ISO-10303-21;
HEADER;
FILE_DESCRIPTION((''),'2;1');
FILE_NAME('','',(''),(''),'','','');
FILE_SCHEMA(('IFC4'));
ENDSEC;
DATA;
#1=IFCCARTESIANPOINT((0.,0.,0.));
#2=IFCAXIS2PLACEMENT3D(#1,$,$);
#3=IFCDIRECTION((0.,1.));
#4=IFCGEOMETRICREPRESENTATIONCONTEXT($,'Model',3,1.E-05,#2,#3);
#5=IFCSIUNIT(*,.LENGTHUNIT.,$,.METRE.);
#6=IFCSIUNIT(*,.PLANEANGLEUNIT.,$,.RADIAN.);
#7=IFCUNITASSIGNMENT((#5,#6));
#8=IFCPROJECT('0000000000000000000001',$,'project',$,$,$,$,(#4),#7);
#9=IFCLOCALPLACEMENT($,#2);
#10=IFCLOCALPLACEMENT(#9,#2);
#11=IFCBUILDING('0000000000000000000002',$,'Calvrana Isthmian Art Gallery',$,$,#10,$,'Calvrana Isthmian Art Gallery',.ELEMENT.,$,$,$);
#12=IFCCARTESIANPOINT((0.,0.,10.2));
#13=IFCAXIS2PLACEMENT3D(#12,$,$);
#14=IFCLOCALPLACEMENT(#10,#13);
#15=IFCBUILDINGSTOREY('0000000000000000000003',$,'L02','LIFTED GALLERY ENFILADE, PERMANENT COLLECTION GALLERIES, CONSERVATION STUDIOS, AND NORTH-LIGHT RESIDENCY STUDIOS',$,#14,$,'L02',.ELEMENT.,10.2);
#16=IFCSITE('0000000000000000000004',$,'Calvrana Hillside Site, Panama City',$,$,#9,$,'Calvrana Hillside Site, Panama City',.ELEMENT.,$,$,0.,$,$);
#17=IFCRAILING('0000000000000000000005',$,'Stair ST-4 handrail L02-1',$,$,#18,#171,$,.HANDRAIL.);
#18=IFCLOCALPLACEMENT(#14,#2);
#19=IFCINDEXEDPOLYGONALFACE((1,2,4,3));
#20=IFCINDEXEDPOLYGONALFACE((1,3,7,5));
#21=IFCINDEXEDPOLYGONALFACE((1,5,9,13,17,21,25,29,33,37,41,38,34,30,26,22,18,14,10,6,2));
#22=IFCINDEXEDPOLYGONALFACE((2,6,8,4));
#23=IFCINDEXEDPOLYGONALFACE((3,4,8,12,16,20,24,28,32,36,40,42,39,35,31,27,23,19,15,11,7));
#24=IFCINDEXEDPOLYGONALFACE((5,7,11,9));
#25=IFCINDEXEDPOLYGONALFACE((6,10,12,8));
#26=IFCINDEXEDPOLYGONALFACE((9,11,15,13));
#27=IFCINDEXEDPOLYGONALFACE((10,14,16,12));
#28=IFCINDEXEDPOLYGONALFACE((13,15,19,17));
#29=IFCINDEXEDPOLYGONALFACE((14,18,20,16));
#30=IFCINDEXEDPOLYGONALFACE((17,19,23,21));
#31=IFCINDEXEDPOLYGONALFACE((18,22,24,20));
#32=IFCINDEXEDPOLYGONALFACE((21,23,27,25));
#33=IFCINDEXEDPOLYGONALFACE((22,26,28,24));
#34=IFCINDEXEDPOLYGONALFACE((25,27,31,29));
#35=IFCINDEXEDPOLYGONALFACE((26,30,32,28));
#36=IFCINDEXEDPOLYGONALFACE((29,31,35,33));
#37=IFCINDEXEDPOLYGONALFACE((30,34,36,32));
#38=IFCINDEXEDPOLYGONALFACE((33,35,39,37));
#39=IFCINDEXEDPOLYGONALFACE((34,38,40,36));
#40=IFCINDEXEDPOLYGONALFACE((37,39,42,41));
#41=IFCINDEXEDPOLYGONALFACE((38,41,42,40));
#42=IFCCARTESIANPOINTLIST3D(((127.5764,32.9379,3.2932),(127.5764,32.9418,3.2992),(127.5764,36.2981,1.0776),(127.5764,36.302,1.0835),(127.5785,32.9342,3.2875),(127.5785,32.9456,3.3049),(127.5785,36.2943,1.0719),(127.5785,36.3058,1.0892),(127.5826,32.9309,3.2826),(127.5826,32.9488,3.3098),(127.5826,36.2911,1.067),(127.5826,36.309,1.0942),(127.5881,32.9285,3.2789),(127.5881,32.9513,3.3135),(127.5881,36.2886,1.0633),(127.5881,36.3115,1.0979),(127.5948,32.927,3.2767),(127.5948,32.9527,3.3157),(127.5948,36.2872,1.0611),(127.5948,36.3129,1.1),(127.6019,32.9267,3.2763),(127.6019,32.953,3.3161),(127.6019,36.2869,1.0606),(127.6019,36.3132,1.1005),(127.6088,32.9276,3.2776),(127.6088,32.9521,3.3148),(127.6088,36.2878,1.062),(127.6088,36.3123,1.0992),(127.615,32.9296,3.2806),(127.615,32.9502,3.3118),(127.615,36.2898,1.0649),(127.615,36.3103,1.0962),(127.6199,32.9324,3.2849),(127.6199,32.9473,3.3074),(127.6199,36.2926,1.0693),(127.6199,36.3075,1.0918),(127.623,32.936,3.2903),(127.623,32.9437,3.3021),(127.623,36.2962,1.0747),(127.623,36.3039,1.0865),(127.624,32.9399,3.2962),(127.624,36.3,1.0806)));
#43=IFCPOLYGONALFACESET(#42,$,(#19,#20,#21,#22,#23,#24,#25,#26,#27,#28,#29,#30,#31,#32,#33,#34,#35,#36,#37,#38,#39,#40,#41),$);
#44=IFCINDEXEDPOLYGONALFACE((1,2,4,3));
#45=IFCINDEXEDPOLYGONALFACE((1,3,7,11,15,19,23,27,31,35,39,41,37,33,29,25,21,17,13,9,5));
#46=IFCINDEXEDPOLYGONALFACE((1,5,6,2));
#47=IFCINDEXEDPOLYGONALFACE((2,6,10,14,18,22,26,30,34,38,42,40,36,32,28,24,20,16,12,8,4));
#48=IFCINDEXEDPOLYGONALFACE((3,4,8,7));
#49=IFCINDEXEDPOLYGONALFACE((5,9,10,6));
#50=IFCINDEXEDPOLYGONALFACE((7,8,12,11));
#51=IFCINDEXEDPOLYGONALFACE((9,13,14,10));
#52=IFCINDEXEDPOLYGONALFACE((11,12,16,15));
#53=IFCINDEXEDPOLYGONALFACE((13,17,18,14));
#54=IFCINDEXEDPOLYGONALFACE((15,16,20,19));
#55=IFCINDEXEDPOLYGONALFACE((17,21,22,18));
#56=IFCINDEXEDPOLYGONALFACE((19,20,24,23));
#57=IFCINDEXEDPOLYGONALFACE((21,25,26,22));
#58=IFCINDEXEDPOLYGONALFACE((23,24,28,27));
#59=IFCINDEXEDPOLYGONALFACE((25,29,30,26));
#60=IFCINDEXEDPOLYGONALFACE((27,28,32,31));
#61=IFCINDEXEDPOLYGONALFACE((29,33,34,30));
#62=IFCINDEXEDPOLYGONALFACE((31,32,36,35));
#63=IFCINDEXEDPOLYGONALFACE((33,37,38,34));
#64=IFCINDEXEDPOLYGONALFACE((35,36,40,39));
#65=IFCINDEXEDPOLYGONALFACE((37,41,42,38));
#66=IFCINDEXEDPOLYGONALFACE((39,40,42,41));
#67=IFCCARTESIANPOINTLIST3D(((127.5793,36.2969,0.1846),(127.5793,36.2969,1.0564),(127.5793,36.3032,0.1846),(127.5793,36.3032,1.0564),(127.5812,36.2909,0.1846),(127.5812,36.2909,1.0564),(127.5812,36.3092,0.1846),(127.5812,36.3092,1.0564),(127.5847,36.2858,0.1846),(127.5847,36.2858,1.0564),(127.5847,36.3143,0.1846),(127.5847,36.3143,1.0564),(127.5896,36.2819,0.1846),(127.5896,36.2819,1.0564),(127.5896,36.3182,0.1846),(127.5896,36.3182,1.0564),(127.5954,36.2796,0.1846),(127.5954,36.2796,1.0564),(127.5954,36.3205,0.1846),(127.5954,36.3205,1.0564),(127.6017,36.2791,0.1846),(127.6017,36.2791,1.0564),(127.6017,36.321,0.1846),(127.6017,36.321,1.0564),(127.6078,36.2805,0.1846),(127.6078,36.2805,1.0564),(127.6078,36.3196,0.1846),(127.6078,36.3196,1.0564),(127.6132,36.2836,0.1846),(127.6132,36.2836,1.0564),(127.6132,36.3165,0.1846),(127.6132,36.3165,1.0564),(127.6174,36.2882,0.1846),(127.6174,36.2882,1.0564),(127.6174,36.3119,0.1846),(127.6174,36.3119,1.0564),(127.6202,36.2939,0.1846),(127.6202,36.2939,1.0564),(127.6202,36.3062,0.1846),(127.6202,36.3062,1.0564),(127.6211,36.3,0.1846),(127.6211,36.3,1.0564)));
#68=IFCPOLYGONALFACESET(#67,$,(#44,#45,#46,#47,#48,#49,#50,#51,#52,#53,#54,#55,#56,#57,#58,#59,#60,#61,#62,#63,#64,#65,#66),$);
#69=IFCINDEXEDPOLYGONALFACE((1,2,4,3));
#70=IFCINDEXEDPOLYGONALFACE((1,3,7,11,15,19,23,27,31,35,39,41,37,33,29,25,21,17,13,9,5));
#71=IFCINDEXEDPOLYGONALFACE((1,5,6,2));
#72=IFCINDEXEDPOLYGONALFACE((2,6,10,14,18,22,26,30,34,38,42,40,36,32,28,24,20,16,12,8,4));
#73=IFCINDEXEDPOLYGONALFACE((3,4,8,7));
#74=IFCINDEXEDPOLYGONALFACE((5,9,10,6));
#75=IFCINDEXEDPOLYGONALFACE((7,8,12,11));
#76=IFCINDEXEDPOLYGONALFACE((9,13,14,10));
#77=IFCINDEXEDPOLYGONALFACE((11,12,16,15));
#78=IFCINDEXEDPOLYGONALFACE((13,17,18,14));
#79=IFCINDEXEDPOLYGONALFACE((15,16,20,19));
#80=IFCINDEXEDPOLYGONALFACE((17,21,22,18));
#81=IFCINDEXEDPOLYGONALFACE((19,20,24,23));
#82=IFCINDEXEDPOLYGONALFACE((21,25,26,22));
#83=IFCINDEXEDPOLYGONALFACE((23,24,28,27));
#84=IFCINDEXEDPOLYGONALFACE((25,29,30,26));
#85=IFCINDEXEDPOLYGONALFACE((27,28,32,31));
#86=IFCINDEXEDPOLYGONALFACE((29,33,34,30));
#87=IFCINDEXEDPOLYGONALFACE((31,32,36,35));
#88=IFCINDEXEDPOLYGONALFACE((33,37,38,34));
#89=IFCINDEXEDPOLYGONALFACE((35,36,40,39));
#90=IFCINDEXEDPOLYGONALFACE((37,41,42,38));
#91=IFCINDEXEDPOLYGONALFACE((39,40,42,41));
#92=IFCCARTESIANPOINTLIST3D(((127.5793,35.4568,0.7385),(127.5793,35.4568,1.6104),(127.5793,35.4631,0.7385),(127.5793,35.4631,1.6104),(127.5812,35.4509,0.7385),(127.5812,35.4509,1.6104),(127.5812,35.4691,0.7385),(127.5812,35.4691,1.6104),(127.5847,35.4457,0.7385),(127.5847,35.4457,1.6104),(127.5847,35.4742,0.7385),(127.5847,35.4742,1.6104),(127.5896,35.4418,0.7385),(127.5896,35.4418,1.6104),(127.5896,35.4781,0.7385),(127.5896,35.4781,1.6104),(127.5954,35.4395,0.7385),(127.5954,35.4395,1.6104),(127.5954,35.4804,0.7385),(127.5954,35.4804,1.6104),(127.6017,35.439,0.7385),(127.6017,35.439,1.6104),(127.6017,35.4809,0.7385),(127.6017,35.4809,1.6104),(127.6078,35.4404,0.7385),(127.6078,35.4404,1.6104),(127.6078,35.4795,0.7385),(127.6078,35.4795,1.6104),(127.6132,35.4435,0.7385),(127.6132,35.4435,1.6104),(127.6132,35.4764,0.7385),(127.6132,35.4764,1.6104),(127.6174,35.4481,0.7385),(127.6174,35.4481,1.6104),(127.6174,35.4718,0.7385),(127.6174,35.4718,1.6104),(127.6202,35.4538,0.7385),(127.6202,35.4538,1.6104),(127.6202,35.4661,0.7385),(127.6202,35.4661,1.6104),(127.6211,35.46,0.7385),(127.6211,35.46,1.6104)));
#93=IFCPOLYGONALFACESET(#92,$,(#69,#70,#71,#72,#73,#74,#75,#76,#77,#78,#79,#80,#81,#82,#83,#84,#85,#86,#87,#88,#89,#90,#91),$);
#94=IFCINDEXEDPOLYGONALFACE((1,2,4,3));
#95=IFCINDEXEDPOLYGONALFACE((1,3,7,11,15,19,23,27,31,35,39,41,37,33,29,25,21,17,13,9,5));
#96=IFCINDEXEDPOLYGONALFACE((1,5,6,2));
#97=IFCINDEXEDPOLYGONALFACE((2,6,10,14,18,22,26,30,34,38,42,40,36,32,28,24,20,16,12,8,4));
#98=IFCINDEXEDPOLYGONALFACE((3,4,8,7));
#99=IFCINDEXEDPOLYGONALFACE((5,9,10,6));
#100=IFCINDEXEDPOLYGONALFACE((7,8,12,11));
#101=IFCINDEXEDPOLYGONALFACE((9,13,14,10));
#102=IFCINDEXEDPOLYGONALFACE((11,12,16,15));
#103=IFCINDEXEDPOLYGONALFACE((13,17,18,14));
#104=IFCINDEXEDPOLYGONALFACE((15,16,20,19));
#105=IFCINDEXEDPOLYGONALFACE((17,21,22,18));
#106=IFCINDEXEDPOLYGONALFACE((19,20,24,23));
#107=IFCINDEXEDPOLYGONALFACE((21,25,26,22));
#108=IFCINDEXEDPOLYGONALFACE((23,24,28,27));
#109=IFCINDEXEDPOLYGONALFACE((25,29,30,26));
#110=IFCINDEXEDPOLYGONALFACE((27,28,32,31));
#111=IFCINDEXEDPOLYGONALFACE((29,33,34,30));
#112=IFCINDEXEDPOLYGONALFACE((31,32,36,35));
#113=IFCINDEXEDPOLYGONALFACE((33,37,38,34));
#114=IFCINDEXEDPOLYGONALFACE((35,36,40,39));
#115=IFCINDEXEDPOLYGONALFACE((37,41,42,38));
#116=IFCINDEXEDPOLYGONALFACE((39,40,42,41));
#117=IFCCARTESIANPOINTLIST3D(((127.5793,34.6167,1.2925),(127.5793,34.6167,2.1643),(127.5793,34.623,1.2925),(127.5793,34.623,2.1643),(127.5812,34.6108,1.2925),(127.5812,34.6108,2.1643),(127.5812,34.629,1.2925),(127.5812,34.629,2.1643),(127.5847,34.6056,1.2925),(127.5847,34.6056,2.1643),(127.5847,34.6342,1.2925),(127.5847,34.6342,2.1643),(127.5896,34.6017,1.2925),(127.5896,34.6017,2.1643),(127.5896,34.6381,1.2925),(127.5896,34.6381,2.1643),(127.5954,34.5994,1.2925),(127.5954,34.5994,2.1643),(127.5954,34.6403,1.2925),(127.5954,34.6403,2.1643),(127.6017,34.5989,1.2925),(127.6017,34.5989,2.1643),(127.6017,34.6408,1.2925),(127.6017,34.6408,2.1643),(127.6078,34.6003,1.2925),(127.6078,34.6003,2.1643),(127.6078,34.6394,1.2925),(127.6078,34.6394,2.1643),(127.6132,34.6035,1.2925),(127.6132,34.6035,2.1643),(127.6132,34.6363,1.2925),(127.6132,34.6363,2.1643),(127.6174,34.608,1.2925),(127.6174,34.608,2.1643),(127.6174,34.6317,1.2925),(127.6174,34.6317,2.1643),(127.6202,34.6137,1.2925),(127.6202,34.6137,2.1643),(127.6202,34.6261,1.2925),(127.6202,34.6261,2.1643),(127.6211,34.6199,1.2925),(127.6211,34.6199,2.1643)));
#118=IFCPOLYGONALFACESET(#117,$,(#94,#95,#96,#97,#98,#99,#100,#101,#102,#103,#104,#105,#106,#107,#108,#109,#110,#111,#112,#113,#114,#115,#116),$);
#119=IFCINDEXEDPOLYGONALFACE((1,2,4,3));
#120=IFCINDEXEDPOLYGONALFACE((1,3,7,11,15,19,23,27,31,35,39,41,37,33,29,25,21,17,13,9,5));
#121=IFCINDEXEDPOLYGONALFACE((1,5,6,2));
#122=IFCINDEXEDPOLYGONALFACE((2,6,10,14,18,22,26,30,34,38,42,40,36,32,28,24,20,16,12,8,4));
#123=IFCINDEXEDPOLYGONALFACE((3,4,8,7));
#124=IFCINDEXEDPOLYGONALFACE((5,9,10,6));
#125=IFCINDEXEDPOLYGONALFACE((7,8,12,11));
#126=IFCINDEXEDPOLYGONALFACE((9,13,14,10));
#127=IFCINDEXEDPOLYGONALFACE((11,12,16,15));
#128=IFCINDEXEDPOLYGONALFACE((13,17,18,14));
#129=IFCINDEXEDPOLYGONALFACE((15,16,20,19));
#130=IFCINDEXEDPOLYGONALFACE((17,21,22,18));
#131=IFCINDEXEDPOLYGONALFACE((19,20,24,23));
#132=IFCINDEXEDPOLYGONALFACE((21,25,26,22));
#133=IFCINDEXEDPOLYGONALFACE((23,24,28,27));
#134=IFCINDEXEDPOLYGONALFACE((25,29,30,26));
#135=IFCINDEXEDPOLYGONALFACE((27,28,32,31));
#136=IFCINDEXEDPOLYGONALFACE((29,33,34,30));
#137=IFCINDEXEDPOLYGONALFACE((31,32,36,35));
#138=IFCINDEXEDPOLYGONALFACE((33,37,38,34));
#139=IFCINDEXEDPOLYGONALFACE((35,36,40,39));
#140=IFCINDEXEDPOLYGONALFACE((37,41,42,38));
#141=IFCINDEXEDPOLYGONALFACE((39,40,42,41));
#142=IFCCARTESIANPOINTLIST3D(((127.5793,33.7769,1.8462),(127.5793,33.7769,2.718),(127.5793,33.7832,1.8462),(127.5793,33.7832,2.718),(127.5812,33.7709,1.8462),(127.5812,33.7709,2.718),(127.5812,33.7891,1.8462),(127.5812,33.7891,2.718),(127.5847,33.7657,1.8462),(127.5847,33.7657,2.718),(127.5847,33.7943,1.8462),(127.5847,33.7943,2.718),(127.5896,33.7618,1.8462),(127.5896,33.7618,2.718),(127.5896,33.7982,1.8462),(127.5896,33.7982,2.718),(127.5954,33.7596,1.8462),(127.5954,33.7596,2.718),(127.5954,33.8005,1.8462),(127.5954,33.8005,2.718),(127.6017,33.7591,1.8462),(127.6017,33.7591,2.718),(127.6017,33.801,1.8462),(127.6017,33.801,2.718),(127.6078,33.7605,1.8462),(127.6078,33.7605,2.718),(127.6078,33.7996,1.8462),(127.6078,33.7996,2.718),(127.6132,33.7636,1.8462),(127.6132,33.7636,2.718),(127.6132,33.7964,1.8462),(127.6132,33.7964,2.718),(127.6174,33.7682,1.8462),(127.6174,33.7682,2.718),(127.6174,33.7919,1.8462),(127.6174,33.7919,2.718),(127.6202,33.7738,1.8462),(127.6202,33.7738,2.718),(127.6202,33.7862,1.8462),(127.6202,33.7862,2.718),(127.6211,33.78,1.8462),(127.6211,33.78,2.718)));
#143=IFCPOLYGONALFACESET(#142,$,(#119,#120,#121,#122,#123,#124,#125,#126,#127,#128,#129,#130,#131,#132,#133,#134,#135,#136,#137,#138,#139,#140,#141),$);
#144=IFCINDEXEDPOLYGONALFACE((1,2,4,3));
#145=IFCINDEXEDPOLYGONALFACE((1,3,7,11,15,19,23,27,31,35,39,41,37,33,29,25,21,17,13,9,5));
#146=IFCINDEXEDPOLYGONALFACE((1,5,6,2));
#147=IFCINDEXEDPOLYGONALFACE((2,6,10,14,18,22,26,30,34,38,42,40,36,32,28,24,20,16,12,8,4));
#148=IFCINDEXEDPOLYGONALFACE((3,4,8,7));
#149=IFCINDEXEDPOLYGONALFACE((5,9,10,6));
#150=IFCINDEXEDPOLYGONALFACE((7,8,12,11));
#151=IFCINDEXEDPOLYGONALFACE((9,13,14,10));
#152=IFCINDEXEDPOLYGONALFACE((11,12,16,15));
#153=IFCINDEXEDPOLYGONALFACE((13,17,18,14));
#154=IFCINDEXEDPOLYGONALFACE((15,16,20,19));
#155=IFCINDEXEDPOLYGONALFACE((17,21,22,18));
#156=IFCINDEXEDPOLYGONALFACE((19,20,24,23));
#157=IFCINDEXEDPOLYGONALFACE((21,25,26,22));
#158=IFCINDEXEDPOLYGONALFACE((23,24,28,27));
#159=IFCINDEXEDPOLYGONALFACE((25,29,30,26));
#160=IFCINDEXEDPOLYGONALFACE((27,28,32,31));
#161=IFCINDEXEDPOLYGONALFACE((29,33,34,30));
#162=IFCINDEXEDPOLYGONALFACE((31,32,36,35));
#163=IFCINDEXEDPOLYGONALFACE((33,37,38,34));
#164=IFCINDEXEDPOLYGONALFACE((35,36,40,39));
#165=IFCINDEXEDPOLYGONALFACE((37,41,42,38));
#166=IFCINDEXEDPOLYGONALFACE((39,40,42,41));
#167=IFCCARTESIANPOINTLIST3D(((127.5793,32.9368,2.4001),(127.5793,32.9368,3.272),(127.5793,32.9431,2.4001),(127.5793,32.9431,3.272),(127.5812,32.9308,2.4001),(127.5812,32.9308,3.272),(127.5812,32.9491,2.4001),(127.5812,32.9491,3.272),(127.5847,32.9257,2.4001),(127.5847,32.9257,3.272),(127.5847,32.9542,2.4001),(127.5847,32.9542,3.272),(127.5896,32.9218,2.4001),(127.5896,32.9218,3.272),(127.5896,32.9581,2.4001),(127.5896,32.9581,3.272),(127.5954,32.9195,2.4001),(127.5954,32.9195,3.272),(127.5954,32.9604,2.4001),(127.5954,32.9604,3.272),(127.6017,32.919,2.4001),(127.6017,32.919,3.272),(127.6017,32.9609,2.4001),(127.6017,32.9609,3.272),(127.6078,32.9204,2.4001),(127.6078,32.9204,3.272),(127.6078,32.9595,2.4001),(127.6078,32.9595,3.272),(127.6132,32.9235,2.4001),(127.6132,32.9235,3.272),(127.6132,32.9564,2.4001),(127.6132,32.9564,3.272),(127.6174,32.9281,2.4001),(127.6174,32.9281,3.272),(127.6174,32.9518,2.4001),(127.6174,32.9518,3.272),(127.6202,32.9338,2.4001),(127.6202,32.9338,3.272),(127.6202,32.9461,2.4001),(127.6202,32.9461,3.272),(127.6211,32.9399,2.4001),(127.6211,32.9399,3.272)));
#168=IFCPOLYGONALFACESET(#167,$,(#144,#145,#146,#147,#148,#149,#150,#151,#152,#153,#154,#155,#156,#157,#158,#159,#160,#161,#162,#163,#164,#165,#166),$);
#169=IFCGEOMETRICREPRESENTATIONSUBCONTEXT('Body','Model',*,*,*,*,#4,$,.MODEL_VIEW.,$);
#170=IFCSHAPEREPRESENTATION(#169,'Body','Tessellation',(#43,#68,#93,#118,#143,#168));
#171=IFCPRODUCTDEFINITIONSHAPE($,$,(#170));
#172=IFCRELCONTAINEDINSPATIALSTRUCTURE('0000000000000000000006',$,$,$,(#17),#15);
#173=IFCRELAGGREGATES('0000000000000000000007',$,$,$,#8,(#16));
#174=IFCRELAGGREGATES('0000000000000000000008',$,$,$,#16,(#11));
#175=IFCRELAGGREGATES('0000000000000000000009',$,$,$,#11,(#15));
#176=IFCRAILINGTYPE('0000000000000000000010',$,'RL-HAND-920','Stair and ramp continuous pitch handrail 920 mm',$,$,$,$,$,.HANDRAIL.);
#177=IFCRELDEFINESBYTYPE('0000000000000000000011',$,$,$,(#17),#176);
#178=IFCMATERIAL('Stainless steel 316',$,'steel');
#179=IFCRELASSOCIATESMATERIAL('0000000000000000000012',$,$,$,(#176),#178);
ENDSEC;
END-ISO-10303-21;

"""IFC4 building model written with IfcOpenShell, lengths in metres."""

from ifc_helpers import new_model, si_unit, direction, frame, origin, origin_2d, place, context, subcontext, project, spatial, circle, extrude, material, type_object, element, save


model = new_model("IFC4")

# Units and contexts
model_context = context("Model", 3, precision=1e-05, world=origin(), true_north=direction((0.0, 1.0)))
body_context = subcontext(model_context, "Body", "Model", "MODEL_VIEW")
ifc_project = project(units=[si_unit("LENGTHUNIT", "METRE"), si_unit("PLANEANGLEUNIT", "RADIAN")], contexts=[model_context])

# Site, building, storey
site_placement = place(None, origin())
site = spatial("IfcSite", under=ifc_project, at=site_placement, Name="Calvrana Hillside Site, Panama City", LongName="Calvrana Hillside Site, Panama City", CompositionType="ELEMENT", RefElevation=0.0)
building_placement = place(site_placement, origin())
building = spatial("IfcBuilding", under=site, at=building_placement, Name="Calvrana Isthmian Art Gallery", LongName="Calvrana Isthmian Art Gallery", CompositionType="ELEMENT")
storey_placement = place(building_placement, frame((0.0, 0.0, 10.2)))
storey = spatial("IfcBuildingStorey", under=building, at=storey_placement, Name="L02", Description="LIFTED GALLERY ENFILADE, PERMANENT COLLECTION GALLERIES, CONSERVATION STUDIOS, AND NORTH-LIGHT RESIDENCY STUDIOS", LongName="L02", CompositionType="ELEMENT", Elevation=10.2)

# Railing
ifc_material_1 = material(Name="Stainless steel 316", Category="steel")
railing_type_1 = type_object("IfcRailingType", Name="RL-HAND-920", Description="Stair and ramp continuous pitch handrail 920 mm", PredefinedType="HANDRAIL", material=ifc_material_1)
railing_1_placement = place(storey_placement, frame((127.6001, 36.3, 0.1846)))
element("IfcRailing", 1, at=railing_1_placement, inside=storey, type_object=railing_type_1, Name="Stair ST-4 handrail L02-1", PredefinedType="HANDRAIL", context=body_context, shape_type="SweptSolid", body=[
    extrude(circle(Radius=0.0239, at=origin_2d()), frame((0.0, 0.0, 0.896), z_axis=(0.0, -0.834849, 0.55048), x_axis=(1.0, 0.0, 0.0)), (0.0, 0.0, 1.0), 4.0249),
    extrude(circle(Radius=0.021, at=origin_2d()), origin(), (0.0, 0.0, 1.0), 0.8718),
    extrude(circle(Radius=0.021, at=origin_2d()), frame((0.0, -0.8401, 0.554)), (0.0, 0.0, 1.0), 0.8718),
    extrude(circle(Radius=0.021, at=origin_2d()), frame((0.0, -1.6802, 1.1079)), (0.0, 0.0, 1.0), 0.8718),
    extrude(circle(Radius=0.021, at=origin_2d()), frame((0.0, -2.52, 1.6616)), (0.0, 0.0, 1.0), 0.8718),
    extrude(circle(Radius=0.021, at=origin_2d()), frame((0.0, -3.3601, 2.2156)), (0.0, 0.0, 1.0), 0.8718),
])

save(model, "model.ifc")
